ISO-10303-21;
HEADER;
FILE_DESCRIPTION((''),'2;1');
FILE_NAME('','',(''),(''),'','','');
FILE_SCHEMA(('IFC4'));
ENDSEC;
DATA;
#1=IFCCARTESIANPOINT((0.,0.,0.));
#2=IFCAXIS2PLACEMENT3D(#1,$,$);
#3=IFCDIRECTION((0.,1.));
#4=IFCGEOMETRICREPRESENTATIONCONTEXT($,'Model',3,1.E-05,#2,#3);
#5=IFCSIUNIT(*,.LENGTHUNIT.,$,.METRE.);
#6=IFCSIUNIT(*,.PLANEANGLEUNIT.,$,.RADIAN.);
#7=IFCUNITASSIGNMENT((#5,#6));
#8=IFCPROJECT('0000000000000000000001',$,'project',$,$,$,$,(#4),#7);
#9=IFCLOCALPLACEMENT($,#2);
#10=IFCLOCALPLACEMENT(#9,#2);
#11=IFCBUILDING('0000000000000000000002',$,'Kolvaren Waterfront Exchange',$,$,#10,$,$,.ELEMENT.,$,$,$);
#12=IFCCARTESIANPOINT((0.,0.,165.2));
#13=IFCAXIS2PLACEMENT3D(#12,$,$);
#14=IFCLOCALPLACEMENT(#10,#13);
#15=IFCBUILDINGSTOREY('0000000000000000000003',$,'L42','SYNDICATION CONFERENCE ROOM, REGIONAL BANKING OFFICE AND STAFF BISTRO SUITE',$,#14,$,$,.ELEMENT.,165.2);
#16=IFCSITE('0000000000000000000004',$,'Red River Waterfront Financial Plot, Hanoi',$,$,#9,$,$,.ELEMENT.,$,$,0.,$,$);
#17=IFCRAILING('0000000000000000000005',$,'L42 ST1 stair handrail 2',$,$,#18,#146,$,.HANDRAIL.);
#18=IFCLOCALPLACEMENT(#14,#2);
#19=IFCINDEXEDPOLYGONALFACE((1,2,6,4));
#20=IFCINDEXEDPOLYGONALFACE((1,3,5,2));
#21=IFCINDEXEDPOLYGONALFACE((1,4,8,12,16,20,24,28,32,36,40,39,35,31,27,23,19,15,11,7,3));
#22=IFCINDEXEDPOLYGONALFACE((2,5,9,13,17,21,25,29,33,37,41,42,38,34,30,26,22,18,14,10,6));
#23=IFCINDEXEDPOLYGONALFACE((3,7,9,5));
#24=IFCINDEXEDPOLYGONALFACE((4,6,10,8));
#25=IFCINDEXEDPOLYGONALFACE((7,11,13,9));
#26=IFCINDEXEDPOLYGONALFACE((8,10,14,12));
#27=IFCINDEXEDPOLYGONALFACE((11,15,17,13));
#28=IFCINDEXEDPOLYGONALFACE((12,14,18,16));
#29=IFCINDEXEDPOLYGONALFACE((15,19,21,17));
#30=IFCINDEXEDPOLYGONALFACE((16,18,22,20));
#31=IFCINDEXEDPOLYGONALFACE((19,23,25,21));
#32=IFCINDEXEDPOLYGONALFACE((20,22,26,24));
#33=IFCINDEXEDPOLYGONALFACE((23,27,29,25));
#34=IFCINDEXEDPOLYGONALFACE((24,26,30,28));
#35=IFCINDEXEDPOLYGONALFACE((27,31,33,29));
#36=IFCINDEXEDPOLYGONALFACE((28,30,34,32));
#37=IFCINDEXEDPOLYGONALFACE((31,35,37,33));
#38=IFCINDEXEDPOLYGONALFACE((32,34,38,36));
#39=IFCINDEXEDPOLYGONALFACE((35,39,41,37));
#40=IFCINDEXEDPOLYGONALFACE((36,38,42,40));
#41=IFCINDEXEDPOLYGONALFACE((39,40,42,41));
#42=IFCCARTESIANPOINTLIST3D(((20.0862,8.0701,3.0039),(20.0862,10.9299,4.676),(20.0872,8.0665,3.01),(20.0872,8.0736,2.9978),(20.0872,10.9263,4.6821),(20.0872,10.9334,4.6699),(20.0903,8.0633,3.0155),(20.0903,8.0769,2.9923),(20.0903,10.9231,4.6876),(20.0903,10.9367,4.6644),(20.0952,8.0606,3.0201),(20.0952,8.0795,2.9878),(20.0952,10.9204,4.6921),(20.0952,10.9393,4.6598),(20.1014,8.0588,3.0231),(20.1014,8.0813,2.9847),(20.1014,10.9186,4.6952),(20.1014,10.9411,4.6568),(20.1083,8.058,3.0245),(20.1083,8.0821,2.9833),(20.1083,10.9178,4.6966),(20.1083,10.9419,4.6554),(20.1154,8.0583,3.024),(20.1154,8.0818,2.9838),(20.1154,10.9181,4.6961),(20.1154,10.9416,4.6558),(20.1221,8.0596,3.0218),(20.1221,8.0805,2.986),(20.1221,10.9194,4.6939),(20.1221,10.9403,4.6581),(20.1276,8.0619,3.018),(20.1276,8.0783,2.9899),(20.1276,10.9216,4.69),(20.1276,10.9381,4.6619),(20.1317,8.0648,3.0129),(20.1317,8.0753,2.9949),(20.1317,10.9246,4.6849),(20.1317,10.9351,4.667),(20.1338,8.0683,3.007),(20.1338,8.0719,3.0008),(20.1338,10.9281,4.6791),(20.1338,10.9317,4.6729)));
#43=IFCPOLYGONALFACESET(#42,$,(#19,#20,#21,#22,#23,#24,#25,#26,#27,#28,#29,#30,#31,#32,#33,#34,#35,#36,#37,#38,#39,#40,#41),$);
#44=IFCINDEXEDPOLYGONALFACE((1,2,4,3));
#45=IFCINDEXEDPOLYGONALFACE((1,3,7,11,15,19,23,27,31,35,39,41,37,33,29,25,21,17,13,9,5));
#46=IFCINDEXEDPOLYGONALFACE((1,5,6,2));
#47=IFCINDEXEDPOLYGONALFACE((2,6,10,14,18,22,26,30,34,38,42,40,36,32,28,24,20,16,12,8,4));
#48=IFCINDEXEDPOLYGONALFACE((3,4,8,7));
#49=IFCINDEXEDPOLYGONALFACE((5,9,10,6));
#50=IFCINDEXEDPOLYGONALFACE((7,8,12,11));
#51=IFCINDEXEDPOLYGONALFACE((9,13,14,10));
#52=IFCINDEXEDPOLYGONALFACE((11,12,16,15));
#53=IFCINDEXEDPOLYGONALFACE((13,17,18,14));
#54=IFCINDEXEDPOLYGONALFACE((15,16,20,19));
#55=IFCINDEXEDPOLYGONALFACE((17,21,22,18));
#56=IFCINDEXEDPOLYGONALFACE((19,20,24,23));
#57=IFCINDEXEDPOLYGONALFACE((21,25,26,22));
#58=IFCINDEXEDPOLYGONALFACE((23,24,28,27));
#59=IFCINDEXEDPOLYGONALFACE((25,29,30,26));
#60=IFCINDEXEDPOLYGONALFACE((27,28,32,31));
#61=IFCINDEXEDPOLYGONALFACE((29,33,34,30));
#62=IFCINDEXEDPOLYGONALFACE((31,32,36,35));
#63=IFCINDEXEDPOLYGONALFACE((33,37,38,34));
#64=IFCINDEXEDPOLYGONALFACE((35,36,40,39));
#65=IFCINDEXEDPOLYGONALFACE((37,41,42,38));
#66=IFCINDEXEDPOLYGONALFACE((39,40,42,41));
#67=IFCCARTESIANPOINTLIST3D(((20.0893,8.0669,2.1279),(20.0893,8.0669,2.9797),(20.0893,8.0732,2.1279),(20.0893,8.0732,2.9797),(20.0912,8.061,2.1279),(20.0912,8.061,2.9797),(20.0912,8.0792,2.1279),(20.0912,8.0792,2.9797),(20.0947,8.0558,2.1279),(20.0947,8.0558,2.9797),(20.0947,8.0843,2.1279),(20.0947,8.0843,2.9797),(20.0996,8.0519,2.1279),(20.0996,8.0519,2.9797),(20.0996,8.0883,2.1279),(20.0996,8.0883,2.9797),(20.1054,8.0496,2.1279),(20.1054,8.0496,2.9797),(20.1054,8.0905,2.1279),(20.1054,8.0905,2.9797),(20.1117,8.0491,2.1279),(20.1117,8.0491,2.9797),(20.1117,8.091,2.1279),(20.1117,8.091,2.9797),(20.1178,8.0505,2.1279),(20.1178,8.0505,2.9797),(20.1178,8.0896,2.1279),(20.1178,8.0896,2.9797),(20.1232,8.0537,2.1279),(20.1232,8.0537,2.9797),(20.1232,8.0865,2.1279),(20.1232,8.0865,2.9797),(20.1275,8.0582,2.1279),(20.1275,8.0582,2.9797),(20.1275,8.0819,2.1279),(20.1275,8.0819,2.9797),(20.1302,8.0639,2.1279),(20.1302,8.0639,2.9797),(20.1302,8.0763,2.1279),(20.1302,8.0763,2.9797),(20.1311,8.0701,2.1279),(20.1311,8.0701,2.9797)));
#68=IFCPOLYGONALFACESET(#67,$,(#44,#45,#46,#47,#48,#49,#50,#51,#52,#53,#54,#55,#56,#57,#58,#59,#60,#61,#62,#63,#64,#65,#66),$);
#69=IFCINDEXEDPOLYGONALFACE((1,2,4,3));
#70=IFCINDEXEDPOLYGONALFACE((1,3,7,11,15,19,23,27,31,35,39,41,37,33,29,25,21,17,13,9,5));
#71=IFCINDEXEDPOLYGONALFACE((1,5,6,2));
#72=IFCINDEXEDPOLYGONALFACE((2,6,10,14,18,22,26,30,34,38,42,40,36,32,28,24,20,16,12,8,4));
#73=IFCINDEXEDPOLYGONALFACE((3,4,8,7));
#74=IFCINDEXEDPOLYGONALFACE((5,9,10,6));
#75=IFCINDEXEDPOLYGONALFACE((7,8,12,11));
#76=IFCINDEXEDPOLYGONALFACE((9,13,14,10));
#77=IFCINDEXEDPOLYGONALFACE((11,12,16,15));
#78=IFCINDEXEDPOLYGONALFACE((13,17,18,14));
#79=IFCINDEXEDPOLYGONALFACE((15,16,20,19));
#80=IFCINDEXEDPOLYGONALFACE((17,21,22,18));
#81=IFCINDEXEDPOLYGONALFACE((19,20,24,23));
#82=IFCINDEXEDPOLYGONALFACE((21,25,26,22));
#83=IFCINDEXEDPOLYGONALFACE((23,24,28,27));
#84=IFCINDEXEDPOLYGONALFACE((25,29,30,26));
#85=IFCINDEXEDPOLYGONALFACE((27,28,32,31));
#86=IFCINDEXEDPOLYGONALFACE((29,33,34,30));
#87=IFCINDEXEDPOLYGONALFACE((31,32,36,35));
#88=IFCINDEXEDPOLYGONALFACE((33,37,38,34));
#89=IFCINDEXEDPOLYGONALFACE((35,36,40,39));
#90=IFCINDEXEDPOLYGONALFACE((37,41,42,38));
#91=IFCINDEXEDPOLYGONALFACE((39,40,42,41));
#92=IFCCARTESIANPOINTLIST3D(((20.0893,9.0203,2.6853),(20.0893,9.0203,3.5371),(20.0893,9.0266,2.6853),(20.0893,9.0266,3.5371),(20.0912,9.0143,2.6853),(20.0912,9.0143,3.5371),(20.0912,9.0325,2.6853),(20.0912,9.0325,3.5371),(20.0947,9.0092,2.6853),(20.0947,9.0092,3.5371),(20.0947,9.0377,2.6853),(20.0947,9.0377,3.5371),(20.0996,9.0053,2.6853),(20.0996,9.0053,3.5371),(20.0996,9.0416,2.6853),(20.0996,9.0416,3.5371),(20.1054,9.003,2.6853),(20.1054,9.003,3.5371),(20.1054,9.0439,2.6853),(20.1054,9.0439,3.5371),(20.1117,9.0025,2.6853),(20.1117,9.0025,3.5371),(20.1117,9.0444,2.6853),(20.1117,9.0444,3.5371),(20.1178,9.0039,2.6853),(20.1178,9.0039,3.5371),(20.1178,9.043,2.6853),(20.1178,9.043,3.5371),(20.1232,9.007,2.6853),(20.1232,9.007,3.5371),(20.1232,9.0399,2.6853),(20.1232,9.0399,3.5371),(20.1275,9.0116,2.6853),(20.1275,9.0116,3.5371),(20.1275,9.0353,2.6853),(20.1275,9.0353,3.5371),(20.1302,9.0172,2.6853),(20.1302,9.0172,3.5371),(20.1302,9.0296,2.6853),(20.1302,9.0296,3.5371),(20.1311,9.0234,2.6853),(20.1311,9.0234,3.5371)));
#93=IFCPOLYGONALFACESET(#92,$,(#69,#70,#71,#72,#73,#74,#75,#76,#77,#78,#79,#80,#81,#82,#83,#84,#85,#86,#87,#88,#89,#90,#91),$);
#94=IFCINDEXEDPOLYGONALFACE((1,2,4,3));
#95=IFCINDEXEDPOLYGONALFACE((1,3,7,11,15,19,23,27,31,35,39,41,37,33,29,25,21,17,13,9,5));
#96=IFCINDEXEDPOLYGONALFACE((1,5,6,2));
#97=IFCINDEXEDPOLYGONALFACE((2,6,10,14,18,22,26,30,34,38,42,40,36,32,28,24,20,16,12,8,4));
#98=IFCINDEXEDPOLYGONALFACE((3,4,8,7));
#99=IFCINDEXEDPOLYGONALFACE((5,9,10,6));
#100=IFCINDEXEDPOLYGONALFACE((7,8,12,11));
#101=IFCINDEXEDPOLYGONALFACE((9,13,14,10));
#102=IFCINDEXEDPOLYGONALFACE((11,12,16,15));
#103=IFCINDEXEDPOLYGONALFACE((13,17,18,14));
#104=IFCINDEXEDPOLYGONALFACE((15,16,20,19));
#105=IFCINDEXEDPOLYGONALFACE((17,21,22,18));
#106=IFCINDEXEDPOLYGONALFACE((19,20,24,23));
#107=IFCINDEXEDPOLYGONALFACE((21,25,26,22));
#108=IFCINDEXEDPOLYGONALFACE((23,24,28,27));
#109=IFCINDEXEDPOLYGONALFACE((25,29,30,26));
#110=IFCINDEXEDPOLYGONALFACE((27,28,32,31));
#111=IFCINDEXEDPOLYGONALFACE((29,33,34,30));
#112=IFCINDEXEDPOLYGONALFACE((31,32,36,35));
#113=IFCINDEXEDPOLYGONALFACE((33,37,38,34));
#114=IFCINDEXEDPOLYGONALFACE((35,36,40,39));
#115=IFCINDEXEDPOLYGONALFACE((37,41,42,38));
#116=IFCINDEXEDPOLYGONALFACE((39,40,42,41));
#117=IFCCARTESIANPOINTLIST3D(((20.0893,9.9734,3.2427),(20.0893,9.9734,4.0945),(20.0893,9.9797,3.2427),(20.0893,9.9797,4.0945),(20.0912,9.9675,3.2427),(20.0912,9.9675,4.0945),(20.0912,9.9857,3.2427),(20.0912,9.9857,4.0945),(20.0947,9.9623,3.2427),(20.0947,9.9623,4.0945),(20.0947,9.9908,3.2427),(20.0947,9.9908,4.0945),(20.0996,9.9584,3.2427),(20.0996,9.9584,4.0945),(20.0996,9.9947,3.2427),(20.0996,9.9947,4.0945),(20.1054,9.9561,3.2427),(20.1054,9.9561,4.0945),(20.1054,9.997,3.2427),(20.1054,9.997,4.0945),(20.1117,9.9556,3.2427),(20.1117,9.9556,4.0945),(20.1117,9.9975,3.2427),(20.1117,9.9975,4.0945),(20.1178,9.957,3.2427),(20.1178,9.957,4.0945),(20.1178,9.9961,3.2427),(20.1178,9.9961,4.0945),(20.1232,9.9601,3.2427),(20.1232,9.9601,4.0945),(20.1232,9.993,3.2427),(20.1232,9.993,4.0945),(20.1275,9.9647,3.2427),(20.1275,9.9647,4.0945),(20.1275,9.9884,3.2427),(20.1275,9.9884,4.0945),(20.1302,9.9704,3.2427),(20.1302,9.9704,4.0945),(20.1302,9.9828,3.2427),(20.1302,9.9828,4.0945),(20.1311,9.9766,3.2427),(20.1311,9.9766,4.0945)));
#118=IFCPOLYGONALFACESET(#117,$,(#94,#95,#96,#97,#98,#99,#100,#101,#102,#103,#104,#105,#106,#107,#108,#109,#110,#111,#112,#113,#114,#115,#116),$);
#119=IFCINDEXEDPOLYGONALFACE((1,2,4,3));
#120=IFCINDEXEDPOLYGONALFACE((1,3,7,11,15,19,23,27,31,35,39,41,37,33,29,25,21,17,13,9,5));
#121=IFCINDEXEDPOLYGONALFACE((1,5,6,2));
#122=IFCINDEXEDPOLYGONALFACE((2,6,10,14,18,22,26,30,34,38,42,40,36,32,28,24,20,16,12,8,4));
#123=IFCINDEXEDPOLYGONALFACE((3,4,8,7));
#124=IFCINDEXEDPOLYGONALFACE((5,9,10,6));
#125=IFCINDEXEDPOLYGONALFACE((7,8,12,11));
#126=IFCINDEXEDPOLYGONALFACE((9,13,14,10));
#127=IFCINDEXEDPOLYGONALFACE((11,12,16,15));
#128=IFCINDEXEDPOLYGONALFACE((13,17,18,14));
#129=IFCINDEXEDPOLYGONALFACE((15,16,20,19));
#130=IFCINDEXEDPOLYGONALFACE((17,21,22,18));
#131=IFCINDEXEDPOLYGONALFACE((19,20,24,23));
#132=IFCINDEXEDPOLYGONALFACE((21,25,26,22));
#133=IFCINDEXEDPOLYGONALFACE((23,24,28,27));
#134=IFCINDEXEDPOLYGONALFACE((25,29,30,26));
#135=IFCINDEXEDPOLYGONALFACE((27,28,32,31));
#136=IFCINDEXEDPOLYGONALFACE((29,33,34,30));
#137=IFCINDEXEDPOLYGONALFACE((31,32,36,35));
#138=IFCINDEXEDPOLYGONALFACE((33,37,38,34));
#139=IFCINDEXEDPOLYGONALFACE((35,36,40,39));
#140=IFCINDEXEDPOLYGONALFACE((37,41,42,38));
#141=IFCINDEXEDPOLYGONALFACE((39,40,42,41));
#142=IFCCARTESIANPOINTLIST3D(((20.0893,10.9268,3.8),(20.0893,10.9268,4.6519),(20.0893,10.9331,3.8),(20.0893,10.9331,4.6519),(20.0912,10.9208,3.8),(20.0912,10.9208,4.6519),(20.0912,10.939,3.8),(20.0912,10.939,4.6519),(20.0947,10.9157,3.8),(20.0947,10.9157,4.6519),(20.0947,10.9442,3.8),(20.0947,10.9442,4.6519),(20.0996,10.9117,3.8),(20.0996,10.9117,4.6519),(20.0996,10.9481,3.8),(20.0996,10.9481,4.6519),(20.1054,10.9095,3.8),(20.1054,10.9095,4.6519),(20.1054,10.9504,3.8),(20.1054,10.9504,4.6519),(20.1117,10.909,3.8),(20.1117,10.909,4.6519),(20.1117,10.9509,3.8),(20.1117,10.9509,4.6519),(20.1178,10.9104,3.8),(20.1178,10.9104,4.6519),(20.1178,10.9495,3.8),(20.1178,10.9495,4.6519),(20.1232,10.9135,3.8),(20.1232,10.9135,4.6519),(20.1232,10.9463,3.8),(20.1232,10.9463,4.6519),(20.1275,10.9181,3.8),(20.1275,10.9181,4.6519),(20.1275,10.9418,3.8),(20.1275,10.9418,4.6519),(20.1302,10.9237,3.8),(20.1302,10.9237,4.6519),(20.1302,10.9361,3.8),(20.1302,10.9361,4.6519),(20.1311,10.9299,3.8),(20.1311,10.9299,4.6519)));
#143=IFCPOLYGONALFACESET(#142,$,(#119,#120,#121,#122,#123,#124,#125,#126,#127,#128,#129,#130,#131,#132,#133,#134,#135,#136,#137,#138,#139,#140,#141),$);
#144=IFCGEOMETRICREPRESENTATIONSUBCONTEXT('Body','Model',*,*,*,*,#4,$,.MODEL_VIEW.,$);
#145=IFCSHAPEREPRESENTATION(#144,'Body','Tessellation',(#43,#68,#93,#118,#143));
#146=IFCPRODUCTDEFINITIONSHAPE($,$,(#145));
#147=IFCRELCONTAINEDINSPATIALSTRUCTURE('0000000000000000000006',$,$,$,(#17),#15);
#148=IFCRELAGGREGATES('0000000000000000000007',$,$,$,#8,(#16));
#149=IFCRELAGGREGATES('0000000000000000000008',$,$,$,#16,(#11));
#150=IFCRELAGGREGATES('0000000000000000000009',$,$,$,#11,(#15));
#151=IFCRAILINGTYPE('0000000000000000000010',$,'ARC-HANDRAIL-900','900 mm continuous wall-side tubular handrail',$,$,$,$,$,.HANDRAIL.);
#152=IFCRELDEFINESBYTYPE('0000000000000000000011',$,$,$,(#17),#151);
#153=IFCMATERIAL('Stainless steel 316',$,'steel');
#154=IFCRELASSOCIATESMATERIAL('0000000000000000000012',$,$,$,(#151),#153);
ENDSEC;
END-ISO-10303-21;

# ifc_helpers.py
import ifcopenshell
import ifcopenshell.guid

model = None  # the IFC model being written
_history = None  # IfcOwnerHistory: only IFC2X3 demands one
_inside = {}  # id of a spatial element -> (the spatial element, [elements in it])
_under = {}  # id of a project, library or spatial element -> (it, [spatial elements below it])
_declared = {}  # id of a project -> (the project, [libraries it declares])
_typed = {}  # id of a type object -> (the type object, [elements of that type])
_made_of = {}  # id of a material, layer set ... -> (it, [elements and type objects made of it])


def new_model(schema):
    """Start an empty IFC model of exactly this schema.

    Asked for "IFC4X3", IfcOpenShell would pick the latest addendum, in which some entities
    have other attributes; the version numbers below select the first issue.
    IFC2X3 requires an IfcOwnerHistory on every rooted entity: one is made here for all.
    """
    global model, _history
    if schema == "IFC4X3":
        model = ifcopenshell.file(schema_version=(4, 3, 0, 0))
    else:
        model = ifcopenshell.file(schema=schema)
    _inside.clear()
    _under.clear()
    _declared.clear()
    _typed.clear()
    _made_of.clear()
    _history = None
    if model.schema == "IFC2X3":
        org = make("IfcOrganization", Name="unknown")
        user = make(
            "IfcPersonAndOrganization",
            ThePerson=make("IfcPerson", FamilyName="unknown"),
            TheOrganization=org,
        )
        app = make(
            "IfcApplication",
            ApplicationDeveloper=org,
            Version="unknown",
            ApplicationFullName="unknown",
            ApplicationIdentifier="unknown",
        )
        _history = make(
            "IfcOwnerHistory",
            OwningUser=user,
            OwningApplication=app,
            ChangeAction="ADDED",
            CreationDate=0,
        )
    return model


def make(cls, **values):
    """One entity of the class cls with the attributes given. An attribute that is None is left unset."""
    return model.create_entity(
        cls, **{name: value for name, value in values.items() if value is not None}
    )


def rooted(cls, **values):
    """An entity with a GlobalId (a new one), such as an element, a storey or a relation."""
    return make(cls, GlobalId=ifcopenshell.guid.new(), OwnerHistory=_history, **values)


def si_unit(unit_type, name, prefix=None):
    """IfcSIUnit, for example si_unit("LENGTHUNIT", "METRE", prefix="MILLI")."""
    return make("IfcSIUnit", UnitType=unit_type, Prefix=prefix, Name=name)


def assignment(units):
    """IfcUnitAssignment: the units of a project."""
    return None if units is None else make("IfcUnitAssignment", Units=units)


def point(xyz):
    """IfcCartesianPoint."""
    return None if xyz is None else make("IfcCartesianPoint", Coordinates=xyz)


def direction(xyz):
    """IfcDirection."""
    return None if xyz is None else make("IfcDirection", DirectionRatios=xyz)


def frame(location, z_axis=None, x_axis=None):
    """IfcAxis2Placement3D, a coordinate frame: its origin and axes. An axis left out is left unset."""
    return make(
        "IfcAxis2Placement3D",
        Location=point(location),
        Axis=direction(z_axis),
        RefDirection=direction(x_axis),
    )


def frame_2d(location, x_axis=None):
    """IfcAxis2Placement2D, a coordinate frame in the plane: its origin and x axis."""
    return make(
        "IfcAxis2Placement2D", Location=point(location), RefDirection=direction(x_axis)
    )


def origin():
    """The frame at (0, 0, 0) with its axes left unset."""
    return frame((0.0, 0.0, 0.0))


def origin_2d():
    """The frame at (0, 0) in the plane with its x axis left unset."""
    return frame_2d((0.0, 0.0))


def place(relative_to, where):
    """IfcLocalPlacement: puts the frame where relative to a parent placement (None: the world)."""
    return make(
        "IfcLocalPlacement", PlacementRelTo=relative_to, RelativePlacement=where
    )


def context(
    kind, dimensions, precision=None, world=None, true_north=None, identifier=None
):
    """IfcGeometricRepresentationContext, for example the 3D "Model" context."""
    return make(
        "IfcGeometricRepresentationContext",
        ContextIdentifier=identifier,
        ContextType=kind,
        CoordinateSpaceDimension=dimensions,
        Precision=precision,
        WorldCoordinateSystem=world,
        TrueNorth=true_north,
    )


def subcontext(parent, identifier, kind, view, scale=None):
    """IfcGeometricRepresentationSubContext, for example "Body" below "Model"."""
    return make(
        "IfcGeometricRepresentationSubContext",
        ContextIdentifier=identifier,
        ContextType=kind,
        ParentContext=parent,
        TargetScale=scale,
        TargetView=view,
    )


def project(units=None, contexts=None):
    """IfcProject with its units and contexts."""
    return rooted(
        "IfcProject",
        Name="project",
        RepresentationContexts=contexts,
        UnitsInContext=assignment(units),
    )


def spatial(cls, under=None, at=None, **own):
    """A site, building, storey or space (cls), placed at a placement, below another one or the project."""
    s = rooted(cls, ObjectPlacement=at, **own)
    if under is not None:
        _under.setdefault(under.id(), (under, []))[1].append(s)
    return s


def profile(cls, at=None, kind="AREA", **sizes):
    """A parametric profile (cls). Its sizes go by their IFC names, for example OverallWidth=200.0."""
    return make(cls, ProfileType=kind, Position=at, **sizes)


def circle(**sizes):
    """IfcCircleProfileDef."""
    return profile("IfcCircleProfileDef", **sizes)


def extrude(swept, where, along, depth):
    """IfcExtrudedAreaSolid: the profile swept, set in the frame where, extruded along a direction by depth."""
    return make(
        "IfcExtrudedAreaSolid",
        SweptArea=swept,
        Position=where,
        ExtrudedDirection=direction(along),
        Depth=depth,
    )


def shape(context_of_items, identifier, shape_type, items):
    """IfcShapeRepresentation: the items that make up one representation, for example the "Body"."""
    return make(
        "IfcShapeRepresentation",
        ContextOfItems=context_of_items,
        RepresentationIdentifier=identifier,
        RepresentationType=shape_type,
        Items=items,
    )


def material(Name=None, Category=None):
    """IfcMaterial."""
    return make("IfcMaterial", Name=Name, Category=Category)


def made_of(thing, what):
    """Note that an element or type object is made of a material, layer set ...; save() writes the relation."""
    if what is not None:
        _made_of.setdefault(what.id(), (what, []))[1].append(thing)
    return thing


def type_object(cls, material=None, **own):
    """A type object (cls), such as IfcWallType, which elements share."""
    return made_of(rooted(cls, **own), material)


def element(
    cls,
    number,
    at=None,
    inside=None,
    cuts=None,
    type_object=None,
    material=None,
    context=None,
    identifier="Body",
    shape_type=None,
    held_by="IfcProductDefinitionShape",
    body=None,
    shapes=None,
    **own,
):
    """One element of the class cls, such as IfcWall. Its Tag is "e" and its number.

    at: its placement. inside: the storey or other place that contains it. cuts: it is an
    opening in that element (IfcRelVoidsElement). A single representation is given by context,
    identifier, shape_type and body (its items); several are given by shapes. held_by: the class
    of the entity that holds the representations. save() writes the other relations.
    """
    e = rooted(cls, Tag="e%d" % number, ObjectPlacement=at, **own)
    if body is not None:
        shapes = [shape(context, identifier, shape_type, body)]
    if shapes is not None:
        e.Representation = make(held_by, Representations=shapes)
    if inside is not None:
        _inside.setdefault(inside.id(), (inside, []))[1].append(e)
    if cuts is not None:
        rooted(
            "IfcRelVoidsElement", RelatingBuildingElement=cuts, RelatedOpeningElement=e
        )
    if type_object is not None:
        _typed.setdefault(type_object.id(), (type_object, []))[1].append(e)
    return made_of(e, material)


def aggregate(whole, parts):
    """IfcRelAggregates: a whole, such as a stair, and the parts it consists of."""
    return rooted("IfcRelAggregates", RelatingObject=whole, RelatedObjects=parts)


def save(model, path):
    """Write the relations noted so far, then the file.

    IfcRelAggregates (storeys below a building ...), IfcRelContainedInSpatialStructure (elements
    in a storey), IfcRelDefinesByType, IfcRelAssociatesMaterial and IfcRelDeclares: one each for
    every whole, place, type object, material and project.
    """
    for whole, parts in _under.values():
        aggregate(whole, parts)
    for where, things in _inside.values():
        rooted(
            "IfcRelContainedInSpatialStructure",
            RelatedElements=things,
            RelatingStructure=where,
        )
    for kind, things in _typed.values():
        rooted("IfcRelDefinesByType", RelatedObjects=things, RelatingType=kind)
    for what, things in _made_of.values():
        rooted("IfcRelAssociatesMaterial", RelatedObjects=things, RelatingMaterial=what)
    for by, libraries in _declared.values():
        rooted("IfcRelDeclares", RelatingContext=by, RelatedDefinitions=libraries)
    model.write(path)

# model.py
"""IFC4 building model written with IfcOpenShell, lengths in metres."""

from ifc_helpers import new_model, si_unit, direction, frame, origin, origin_2d, place, context, subcontext, project, spatial, circle, extrude, material, type_object, element, save


model = new_model("IFC4")

# Units and contexts
model_context = context("Model", 3, precision=1e-05, world=origin(), true_north=direction((0.0, 1.0)))
body_context = subcontext(model_context, "Body", "Model", "MODEL_VIEW")
ifc_project = project(units=[si_unit("LENGTHUNIT", "METRE"), si_unit("PLANEANGLEUNIT", "RADIAN")], contexts=[model_context])

# Site, building, storey
site_placement = place(None, origin())
site = spatial("IfcSite", under=ifc_project, at=site_placement, Name="Red River Waterfront Financial Plot, Hanoi", CompositionType="ELEMENT", RefElevation=0.0)
building_placement = place(site_placement, origin())
building = spatial("IfcBuilding", under=site, at=building_placement, Name="Kolvaren Waterfront Exchange", CompositionType="ELEMENT")
storey_placement = place(building_placement, frame((0.0, 0.0, 165.2)))
storey = spatial("IfcBuildingStorey", under=building, at=storey_placement, Name="L42", Description="SYNDICATION CONFERENCE ROOM, REGIONAL BANKING OFFICE AND STAFF BISTRO SUITE", CompositionType="ELEMENT", Elevation=165.2)

# Railing
ifc_material_1 = material(Name="Stainless steel 316", Category="steel")
railing_type_1 = type_object("IfcRailingType", Name="ARC-HANDRAIL-900", Description="900 mm continuous wall-side tubular handrail", PredefinedType="HANDRAIL", material=ifc_material_1)
railing_1_placement = place(storey_placement, frame((20.1101, 8.0701, 2.1279)))
element("IfcRailing", 1, at=railing_1_placement, inside=storey, type_object=railing_type_1, Name="L42 ST1 stair handrail 2", PredefinedType="HANDRAIL", context=body_context, shape_type="SweptSolid", body=[
    extrude(circle(Radius=0.0239, at=origin_2d()), frame((0.0, 0.0, 0.876), z_axis=(0.0, 0.863271, 0.504741), x_axis=(-1.0, 0.0, 0.0)), (0.0, 0.0, 1.0), 3.3127),
    extrude(circle(Radius=0.021, at=origin_2d()), origin(), (0.0, 0.0, 1.0), 0.8518),
    extrude(circle(Radius=0.021, at=origin_2d()), frame((0.0, 0.9534, 0.5574)), (0.0, 0.0, 1.0), 0.8518),
    extrude(circle(Radius=0.021, at=origin_2d()), frame((0.0, 1.9065, 1.1147)), (0.0, 0.0, 1.0), 0.8518),
    extrude(circle(Radius=0.021, at=origin_2d()), frame((0.0, 2.8599, 1.6721)), (0.0, 0.0, 1.0), 0.8518),
])

save(model, "model.ifc")
